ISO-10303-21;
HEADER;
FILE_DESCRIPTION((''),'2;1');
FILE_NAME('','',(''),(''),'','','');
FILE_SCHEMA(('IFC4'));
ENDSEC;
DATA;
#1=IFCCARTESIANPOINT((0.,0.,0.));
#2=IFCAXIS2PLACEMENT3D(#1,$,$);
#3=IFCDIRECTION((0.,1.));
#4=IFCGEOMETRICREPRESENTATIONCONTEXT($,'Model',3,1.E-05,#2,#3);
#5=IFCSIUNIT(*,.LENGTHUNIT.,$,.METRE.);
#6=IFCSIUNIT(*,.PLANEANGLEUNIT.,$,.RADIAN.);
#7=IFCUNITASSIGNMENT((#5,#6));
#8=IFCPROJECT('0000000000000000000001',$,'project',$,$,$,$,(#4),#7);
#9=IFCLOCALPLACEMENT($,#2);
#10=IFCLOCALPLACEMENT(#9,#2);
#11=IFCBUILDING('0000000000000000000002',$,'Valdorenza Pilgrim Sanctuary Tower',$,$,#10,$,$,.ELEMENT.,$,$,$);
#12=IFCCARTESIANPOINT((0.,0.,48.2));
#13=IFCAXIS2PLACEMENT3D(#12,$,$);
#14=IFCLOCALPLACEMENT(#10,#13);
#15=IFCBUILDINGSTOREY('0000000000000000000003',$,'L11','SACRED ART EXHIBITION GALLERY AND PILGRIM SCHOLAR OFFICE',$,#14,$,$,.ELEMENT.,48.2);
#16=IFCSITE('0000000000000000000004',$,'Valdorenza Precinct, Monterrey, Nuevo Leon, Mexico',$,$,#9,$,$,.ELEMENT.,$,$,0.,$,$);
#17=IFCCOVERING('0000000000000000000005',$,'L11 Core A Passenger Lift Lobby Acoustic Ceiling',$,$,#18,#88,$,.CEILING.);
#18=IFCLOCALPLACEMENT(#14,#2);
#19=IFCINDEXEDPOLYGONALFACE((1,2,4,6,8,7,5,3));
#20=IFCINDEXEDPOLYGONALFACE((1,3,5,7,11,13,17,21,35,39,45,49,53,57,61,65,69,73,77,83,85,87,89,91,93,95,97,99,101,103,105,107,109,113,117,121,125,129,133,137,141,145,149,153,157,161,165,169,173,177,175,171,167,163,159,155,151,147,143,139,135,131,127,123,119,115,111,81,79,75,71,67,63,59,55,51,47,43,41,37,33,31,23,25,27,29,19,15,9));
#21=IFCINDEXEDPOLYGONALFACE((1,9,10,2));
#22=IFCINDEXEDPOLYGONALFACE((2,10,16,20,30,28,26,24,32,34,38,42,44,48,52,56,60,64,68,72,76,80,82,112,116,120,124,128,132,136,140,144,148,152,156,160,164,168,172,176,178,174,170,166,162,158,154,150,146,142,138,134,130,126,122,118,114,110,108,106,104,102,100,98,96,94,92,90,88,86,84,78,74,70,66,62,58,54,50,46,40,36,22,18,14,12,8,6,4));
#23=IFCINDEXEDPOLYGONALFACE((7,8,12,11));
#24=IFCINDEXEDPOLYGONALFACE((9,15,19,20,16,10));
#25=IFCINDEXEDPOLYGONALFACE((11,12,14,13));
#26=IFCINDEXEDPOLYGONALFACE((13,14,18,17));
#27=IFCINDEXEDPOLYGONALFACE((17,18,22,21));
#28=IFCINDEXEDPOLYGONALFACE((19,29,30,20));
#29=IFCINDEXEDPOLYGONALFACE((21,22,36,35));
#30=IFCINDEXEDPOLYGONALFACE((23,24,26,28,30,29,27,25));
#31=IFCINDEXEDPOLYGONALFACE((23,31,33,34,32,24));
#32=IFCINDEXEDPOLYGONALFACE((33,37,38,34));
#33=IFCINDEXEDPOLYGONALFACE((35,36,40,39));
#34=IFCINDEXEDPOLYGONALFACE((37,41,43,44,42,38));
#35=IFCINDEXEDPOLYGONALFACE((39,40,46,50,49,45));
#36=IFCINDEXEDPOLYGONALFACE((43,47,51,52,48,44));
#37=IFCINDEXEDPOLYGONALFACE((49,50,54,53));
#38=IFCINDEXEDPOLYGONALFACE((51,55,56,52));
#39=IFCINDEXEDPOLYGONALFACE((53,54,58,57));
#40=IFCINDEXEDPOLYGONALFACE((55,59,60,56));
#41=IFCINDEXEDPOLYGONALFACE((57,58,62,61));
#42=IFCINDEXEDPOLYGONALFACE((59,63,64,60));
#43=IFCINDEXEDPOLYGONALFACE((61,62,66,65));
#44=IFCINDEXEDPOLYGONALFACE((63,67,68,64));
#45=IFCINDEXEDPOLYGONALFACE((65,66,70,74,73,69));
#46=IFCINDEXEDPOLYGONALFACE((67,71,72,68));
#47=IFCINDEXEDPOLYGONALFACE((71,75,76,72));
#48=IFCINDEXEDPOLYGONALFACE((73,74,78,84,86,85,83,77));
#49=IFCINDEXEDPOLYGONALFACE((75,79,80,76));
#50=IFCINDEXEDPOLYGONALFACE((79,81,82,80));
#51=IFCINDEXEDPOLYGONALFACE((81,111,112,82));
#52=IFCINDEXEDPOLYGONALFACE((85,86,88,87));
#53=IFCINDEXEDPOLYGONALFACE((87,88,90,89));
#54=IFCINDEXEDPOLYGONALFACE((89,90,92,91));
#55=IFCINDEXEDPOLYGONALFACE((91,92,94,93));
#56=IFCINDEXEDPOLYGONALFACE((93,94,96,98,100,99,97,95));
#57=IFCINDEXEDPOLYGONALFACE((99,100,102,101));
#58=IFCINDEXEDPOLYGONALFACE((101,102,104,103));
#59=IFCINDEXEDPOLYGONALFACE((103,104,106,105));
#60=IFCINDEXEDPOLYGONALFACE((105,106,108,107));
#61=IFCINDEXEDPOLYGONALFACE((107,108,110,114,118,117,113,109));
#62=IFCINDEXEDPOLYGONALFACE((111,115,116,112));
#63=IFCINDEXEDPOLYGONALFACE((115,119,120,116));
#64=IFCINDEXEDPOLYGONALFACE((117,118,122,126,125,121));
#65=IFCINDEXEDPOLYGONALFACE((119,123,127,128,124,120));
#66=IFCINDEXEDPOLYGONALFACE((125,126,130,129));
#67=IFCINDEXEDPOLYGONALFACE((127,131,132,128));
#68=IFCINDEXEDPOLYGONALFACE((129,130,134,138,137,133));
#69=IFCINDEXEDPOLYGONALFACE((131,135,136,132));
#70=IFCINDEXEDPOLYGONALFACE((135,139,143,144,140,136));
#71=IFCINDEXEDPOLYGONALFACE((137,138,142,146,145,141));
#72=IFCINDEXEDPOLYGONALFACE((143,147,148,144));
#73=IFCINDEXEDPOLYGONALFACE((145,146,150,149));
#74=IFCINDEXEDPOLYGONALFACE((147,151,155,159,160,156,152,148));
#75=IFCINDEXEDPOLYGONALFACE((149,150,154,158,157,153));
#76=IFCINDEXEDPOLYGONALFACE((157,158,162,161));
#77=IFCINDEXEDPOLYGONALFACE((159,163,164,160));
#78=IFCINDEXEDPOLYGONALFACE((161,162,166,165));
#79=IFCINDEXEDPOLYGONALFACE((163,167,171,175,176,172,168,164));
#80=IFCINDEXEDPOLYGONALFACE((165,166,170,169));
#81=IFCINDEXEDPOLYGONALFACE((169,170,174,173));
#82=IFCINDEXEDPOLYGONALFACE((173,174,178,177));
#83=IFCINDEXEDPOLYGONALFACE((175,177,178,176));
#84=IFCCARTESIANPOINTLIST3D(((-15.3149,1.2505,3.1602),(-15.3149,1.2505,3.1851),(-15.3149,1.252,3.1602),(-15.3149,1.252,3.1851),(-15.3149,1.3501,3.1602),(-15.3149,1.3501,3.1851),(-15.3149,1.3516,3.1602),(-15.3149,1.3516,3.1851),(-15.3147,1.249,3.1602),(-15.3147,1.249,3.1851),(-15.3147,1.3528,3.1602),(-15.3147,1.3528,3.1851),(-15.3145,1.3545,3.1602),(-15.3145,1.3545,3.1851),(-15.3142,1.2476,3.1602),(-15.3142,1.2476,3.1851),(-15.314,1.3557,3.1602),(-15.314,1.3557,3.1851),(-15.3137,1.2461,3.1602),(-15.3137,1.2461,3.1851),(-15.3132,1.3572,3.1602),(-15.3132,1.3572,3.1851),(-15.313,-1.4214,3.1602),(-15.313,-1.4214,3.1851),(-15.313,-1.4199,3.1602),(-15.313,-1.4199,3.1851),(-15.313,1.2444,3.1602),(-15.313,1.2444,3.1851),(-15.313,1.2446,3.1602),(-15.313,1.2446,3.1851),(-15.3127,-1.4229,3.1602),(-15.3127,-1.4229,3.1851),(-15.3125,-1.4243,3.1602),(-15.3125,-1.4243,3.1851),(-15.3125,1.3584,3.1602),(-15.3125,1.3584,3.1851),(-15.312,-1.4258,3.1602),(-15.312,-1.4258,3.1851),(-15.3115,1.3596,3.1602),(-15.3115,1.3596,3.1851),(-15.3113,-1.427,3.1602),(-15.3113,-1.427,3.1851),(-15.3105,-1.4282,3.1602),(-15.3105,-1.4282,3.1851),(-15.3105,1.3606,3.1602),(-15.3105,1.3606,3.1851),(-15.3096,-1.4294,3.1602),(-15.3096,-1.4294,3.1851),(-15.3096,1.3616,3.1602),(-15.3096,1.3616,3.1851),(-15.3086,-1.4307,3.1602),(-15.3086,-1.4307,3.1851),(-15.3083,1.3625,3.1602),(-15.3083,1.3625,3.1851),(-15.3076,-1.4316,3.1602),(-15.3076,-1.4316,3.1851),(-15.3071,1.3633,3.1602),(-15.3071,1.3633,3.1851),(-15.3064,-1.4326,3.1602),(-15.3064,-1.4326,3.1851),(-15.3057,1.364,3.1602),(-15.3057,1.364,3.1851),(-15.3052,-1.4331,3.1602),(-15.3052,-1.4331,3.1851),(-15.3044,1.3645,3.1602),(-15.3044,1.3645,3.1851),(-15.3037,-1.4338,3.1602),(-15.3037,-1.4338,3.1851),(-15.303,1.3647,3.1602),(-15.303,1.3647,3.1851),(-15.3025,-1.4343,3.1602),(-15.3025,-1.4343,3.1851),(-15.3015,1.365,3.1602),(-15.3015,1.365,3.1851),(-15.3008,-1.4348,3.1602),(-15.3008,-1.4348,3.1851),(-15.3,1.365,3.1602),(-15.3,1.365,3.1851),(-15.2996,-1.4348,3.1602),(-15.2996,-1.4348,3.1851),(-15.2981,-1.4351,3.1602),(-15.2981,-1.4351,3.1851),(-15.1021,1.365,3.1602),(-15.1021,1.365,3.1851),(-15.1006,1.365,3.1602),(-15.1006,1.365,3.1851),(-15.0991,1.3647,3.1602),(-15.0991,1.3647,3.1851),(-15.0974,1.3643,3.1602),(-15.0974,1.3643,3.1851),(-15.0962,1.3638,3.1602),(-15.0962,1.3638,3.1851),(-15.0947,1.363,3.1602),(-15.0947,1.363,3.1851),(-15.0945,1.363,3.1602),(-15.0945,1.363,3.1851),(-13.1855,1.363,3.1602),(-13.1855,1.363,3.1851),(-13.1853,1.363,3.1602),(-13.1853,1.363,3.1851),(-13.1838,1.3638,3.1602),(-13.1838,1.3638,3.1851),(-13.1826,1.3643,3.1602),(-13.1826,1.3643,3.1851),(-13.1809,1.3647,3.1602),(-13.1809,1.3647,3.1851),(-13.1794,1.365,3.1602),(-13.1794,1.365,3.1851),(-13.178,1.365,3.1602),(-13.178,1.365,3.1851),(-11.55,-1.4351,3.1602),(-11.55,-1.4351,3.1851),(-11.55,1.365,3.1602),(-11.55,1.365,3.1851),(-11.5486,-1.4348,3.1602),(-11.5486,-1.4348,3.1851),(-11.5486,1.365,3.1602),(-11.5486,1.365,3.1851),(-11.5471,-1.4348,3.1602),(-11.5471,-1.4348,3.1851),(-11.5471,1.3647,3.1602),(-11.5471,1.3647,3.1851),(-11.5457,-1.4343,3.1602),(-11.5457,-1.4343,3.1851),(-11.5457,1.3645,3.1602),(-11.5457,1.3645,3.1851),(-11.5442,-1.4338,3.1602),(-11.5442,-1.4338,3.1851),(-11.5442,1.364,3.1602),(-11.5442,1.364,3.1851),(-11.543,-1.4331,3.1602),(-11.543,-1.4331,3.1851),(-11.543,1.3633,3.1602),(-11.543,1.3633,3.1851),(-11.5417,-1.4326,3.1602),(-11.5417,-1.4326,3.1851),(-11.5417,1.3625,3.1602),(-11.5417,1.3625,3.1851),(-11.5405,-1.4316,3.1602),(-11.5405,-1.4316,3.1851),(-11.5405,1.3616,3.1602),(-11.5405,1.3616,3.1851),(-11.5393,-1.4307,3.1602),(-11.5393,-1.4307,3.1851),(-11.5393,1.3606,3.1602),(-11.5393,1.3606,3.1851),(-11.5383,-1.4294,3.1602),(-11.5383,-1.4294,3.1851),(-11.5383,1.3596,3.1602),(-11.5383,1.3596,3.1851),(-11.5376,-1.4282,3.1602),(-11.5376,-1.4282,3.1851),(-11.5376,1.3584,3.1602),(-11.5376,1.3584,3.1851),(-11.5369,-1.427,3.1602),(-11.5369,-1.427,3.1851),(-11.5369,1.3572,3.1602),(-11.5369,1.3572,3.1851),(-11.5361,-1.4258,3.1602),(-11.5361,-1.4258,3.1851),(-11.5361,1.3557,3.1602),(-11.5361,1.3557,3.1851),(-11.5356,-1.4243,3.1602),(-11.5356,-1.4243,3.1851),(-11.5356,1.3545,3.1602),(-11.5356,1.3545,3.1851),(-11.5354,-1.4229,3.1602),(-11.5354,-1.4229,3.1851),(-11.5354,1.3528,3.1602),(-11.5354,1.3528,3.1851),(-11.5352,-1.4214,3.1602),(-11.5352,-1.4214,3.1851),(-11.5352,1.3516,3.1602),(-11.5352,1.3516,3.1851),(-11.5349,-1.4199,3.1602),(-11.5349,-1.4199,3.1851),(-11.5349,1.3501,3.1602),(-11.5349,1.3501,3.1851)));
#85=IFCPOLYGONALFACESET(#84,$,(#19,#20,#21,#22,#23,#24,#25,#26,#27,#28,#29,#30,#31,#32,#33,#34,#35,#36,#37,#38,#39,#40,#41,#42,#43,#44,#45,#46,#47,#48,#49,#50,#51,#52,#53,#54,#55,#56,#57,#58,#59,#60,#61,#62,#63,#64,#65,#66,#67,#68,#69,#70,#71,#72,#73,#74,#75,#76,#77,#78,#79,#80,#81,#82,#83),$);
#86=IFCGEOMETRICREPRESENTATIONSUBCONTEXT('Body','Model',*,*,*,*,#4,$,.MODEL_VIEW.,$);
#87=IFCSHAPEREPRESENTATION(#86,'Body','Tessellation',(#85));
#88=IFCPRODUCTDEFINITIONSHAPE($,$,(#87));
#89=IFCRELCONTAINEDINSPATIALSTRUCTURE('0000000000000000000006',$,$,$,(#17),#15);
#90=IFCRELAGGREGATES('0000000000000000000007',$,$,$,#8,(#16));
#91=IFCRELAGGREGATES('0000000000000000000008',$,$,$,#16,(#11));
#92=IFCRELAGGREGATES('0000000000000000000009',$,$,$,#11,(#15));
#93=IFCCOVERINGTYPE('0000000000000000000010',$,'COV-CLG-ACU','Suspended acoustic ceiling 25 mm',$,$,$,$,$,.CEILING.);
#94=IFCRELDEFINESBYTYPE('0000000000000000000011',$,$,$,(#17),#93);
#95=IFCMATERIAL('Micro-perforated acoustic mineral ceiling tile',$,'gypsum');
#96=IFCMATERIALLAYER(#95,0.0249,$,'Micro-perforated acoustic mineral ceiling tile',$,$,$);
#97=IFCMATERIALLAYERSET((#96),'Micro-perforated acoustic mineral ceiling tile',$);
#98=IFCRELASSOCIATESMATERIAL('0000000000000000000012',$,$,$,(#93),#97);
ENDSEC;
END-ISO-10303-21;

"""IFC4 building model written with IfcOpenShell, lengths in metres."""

from ifc_helpers import new_model, si_unit, direction, frame, origin, place, context, subcontext, project, spatial, polyline, outline, extrude, material, layer, layer_set, type_object, element, save


model = new_model("IFC4")

# Units and contexts
model_context = context("Model", 3, precision=1e-05, world=origin(), true_north=direction((0.0, 1.0)))
body_context = subcontext(model_context, "Body", "Model", "MODEL_VIEW")
ifc_project = project(units=[si_unit("LENGTHUNIT", "METRE"), si_unit("PLANEANGLEUNIT", "RADIAN")], contexts=[model_context])

# Site, building, storey
site_placement = place(None, origin())
site = spatial("IfcSite", under=ifc_project, at=site_placement, Name="Valdorenza Precinct, Monterrey, Nuevo Leon, Mexico", CompositionType="ELEMENT", RefElevation=0.0)
building_placement = place(site_placement, origin())
building = spatial("IfcBuilding", under=site, at=building_placement, Name="Valdorenza Pilgrim Sanctuary Tower", CompositionType="ELEMENT")
storey_placement = place(building_placement, frame((0.0, 0.0, 48.2)))
storey = spatial("IfcBuildingStorey", under=building, at=storey_placement, Name="L11", Description="SACRED ART EXHIBITION GALLERY AND PILGRIM SCHOLAR OFFICE", CompositionType="ELEMENT", Elevation=48.2)

# Covering
ifc_material_1 = material(Name="Micro-perforated acoustic mineral ceiling tile", Category="gypsum")
ifc_layer_1 = layer(ifc_material_1, 0.0249, Name="Micro-perforated acoustic mineral ceiling tile")
ifc_layer_set_1 = layer_set([ifc_layer_1], Name="Micro-perforated acoustic mineral ceiling tile")
covering_type_1 = type_object("IfcCoveringType", Name="COV-CLG-ACU", Description="Suspended acoustic ceiling 25 mm", PredefinedType="CEILING", material=ifc_layer_set_1)
covering_1_placement = place(storey_placement, frame((0.0, 0.0, 3.1602)))
element("IfcCovering", 1, at=covering_1_placement, inside=storey, type_object=covering_type_1, Name="L11 Core A Passenger Lift Lobby Acoustic Ceiling", PredefinedType="CEILING", context=body_context, shape_type="SweptSolid", body=[
    extrude(outline(polyline([(-15.313, 1.2444), (-15.313, 1.2446), (-15.3137, 1.2461), (-15.3142, 1.2476), (-15.3147, 1.249), (-15.3149, 1.2505), (-15.3149, 1.252), (-15.3149, 1.3501), (-15.3149, 1.3516), (-15.3147, 1.3528), (-15.3145, 1.3545), (-15.314, 1.3557), (-15.3132, 1.3572), (-15.3125, 1.3584), (-15.3115, 1.3596), (-15.3105, 1.3606), (-15.3096, 1.3616), (-15.3083, 1.3625), (-15.3071, 1.3633), (-15.3057, 1.364), (-15.3044, 1.3645), (-15.303, 1.3647), (-15.3015, 1.365), (-15.3, 1.365), (-15.1021, 1.365), (-15.1006, 1.365), (-15.0991, 1.3647), (-15.0974, 1.3643), (-15.0962, 1.3638), (-15.0947, 1.363), (-15.0945, 1.363), (-13.1855, 1.363), (-13.1853, 1.363), (-13.1838, 1.3638), (-13.1826, 1.3643), (-13.1809, 1.3647), (-13.1794, 1.365), (-13.178, 1.365), (-11.55, 1.365), (-11.5486, 1.365), (-11.5471, 1.3647), (-11.5457, 1.3645), (-11.5442, 1.364), (-11.543, 1.3633), (-11.5417, 1.3625), (-11.5405, 1.3616), (-11.5393, 1.3606), (-11.5383, 1.3596), (-11.5376, 1.3584), (-11.5369, 1.3572), (-11.5361, 1.3557), (-11.5356, 1.3545), (-11.5354, 1.3528), (-11.5352, 1.3516), (-11.5349, 1.3501), (-11.5349, -1.4199), (-11.5352, -1.4214), (-11.5354, -1.4229), (-11.5356, -1.4243), (-11.5361, -1.4258), (-11.5369, -1.427), (-11.5376, -1.4282), (-11.5383, -1.4294), (-11.5393, -1.4307), (-11.5405, -1.4316), (-11.5417, -1.4326), (-11.543, -1.4331), (-11.5442, -1.4338), (-11.5457, -1.4343), (-11.5471, -1.4348), (-11.5486, -1.4348), (-11.55, -1.4351), (-15.2981, -1.4351), (-15.2996, -1.4348), (-15.3008, -1.4348), (-15.3025, -1.4343), (-15.3037, -1.4338), (-15.3052, -1.4331), (-15.3064, -1.4326), (-15.3076, -1.4316), (-15.3086, -1.4307), (-15.3096, -1.4294), (-15.3105, -1.4282), (-15.3113, -1.427), (-15.312, -1.4258), (-15.3125, -1.4243), (-15.3127, -1.4229), (-15.313, -1.4214), (-15.313, -1.4199), (-15.313, 1.2444)])), origin(), (0.0, 0.0, 1.0), 0.0249),
])

save(model, "model.ifc")
